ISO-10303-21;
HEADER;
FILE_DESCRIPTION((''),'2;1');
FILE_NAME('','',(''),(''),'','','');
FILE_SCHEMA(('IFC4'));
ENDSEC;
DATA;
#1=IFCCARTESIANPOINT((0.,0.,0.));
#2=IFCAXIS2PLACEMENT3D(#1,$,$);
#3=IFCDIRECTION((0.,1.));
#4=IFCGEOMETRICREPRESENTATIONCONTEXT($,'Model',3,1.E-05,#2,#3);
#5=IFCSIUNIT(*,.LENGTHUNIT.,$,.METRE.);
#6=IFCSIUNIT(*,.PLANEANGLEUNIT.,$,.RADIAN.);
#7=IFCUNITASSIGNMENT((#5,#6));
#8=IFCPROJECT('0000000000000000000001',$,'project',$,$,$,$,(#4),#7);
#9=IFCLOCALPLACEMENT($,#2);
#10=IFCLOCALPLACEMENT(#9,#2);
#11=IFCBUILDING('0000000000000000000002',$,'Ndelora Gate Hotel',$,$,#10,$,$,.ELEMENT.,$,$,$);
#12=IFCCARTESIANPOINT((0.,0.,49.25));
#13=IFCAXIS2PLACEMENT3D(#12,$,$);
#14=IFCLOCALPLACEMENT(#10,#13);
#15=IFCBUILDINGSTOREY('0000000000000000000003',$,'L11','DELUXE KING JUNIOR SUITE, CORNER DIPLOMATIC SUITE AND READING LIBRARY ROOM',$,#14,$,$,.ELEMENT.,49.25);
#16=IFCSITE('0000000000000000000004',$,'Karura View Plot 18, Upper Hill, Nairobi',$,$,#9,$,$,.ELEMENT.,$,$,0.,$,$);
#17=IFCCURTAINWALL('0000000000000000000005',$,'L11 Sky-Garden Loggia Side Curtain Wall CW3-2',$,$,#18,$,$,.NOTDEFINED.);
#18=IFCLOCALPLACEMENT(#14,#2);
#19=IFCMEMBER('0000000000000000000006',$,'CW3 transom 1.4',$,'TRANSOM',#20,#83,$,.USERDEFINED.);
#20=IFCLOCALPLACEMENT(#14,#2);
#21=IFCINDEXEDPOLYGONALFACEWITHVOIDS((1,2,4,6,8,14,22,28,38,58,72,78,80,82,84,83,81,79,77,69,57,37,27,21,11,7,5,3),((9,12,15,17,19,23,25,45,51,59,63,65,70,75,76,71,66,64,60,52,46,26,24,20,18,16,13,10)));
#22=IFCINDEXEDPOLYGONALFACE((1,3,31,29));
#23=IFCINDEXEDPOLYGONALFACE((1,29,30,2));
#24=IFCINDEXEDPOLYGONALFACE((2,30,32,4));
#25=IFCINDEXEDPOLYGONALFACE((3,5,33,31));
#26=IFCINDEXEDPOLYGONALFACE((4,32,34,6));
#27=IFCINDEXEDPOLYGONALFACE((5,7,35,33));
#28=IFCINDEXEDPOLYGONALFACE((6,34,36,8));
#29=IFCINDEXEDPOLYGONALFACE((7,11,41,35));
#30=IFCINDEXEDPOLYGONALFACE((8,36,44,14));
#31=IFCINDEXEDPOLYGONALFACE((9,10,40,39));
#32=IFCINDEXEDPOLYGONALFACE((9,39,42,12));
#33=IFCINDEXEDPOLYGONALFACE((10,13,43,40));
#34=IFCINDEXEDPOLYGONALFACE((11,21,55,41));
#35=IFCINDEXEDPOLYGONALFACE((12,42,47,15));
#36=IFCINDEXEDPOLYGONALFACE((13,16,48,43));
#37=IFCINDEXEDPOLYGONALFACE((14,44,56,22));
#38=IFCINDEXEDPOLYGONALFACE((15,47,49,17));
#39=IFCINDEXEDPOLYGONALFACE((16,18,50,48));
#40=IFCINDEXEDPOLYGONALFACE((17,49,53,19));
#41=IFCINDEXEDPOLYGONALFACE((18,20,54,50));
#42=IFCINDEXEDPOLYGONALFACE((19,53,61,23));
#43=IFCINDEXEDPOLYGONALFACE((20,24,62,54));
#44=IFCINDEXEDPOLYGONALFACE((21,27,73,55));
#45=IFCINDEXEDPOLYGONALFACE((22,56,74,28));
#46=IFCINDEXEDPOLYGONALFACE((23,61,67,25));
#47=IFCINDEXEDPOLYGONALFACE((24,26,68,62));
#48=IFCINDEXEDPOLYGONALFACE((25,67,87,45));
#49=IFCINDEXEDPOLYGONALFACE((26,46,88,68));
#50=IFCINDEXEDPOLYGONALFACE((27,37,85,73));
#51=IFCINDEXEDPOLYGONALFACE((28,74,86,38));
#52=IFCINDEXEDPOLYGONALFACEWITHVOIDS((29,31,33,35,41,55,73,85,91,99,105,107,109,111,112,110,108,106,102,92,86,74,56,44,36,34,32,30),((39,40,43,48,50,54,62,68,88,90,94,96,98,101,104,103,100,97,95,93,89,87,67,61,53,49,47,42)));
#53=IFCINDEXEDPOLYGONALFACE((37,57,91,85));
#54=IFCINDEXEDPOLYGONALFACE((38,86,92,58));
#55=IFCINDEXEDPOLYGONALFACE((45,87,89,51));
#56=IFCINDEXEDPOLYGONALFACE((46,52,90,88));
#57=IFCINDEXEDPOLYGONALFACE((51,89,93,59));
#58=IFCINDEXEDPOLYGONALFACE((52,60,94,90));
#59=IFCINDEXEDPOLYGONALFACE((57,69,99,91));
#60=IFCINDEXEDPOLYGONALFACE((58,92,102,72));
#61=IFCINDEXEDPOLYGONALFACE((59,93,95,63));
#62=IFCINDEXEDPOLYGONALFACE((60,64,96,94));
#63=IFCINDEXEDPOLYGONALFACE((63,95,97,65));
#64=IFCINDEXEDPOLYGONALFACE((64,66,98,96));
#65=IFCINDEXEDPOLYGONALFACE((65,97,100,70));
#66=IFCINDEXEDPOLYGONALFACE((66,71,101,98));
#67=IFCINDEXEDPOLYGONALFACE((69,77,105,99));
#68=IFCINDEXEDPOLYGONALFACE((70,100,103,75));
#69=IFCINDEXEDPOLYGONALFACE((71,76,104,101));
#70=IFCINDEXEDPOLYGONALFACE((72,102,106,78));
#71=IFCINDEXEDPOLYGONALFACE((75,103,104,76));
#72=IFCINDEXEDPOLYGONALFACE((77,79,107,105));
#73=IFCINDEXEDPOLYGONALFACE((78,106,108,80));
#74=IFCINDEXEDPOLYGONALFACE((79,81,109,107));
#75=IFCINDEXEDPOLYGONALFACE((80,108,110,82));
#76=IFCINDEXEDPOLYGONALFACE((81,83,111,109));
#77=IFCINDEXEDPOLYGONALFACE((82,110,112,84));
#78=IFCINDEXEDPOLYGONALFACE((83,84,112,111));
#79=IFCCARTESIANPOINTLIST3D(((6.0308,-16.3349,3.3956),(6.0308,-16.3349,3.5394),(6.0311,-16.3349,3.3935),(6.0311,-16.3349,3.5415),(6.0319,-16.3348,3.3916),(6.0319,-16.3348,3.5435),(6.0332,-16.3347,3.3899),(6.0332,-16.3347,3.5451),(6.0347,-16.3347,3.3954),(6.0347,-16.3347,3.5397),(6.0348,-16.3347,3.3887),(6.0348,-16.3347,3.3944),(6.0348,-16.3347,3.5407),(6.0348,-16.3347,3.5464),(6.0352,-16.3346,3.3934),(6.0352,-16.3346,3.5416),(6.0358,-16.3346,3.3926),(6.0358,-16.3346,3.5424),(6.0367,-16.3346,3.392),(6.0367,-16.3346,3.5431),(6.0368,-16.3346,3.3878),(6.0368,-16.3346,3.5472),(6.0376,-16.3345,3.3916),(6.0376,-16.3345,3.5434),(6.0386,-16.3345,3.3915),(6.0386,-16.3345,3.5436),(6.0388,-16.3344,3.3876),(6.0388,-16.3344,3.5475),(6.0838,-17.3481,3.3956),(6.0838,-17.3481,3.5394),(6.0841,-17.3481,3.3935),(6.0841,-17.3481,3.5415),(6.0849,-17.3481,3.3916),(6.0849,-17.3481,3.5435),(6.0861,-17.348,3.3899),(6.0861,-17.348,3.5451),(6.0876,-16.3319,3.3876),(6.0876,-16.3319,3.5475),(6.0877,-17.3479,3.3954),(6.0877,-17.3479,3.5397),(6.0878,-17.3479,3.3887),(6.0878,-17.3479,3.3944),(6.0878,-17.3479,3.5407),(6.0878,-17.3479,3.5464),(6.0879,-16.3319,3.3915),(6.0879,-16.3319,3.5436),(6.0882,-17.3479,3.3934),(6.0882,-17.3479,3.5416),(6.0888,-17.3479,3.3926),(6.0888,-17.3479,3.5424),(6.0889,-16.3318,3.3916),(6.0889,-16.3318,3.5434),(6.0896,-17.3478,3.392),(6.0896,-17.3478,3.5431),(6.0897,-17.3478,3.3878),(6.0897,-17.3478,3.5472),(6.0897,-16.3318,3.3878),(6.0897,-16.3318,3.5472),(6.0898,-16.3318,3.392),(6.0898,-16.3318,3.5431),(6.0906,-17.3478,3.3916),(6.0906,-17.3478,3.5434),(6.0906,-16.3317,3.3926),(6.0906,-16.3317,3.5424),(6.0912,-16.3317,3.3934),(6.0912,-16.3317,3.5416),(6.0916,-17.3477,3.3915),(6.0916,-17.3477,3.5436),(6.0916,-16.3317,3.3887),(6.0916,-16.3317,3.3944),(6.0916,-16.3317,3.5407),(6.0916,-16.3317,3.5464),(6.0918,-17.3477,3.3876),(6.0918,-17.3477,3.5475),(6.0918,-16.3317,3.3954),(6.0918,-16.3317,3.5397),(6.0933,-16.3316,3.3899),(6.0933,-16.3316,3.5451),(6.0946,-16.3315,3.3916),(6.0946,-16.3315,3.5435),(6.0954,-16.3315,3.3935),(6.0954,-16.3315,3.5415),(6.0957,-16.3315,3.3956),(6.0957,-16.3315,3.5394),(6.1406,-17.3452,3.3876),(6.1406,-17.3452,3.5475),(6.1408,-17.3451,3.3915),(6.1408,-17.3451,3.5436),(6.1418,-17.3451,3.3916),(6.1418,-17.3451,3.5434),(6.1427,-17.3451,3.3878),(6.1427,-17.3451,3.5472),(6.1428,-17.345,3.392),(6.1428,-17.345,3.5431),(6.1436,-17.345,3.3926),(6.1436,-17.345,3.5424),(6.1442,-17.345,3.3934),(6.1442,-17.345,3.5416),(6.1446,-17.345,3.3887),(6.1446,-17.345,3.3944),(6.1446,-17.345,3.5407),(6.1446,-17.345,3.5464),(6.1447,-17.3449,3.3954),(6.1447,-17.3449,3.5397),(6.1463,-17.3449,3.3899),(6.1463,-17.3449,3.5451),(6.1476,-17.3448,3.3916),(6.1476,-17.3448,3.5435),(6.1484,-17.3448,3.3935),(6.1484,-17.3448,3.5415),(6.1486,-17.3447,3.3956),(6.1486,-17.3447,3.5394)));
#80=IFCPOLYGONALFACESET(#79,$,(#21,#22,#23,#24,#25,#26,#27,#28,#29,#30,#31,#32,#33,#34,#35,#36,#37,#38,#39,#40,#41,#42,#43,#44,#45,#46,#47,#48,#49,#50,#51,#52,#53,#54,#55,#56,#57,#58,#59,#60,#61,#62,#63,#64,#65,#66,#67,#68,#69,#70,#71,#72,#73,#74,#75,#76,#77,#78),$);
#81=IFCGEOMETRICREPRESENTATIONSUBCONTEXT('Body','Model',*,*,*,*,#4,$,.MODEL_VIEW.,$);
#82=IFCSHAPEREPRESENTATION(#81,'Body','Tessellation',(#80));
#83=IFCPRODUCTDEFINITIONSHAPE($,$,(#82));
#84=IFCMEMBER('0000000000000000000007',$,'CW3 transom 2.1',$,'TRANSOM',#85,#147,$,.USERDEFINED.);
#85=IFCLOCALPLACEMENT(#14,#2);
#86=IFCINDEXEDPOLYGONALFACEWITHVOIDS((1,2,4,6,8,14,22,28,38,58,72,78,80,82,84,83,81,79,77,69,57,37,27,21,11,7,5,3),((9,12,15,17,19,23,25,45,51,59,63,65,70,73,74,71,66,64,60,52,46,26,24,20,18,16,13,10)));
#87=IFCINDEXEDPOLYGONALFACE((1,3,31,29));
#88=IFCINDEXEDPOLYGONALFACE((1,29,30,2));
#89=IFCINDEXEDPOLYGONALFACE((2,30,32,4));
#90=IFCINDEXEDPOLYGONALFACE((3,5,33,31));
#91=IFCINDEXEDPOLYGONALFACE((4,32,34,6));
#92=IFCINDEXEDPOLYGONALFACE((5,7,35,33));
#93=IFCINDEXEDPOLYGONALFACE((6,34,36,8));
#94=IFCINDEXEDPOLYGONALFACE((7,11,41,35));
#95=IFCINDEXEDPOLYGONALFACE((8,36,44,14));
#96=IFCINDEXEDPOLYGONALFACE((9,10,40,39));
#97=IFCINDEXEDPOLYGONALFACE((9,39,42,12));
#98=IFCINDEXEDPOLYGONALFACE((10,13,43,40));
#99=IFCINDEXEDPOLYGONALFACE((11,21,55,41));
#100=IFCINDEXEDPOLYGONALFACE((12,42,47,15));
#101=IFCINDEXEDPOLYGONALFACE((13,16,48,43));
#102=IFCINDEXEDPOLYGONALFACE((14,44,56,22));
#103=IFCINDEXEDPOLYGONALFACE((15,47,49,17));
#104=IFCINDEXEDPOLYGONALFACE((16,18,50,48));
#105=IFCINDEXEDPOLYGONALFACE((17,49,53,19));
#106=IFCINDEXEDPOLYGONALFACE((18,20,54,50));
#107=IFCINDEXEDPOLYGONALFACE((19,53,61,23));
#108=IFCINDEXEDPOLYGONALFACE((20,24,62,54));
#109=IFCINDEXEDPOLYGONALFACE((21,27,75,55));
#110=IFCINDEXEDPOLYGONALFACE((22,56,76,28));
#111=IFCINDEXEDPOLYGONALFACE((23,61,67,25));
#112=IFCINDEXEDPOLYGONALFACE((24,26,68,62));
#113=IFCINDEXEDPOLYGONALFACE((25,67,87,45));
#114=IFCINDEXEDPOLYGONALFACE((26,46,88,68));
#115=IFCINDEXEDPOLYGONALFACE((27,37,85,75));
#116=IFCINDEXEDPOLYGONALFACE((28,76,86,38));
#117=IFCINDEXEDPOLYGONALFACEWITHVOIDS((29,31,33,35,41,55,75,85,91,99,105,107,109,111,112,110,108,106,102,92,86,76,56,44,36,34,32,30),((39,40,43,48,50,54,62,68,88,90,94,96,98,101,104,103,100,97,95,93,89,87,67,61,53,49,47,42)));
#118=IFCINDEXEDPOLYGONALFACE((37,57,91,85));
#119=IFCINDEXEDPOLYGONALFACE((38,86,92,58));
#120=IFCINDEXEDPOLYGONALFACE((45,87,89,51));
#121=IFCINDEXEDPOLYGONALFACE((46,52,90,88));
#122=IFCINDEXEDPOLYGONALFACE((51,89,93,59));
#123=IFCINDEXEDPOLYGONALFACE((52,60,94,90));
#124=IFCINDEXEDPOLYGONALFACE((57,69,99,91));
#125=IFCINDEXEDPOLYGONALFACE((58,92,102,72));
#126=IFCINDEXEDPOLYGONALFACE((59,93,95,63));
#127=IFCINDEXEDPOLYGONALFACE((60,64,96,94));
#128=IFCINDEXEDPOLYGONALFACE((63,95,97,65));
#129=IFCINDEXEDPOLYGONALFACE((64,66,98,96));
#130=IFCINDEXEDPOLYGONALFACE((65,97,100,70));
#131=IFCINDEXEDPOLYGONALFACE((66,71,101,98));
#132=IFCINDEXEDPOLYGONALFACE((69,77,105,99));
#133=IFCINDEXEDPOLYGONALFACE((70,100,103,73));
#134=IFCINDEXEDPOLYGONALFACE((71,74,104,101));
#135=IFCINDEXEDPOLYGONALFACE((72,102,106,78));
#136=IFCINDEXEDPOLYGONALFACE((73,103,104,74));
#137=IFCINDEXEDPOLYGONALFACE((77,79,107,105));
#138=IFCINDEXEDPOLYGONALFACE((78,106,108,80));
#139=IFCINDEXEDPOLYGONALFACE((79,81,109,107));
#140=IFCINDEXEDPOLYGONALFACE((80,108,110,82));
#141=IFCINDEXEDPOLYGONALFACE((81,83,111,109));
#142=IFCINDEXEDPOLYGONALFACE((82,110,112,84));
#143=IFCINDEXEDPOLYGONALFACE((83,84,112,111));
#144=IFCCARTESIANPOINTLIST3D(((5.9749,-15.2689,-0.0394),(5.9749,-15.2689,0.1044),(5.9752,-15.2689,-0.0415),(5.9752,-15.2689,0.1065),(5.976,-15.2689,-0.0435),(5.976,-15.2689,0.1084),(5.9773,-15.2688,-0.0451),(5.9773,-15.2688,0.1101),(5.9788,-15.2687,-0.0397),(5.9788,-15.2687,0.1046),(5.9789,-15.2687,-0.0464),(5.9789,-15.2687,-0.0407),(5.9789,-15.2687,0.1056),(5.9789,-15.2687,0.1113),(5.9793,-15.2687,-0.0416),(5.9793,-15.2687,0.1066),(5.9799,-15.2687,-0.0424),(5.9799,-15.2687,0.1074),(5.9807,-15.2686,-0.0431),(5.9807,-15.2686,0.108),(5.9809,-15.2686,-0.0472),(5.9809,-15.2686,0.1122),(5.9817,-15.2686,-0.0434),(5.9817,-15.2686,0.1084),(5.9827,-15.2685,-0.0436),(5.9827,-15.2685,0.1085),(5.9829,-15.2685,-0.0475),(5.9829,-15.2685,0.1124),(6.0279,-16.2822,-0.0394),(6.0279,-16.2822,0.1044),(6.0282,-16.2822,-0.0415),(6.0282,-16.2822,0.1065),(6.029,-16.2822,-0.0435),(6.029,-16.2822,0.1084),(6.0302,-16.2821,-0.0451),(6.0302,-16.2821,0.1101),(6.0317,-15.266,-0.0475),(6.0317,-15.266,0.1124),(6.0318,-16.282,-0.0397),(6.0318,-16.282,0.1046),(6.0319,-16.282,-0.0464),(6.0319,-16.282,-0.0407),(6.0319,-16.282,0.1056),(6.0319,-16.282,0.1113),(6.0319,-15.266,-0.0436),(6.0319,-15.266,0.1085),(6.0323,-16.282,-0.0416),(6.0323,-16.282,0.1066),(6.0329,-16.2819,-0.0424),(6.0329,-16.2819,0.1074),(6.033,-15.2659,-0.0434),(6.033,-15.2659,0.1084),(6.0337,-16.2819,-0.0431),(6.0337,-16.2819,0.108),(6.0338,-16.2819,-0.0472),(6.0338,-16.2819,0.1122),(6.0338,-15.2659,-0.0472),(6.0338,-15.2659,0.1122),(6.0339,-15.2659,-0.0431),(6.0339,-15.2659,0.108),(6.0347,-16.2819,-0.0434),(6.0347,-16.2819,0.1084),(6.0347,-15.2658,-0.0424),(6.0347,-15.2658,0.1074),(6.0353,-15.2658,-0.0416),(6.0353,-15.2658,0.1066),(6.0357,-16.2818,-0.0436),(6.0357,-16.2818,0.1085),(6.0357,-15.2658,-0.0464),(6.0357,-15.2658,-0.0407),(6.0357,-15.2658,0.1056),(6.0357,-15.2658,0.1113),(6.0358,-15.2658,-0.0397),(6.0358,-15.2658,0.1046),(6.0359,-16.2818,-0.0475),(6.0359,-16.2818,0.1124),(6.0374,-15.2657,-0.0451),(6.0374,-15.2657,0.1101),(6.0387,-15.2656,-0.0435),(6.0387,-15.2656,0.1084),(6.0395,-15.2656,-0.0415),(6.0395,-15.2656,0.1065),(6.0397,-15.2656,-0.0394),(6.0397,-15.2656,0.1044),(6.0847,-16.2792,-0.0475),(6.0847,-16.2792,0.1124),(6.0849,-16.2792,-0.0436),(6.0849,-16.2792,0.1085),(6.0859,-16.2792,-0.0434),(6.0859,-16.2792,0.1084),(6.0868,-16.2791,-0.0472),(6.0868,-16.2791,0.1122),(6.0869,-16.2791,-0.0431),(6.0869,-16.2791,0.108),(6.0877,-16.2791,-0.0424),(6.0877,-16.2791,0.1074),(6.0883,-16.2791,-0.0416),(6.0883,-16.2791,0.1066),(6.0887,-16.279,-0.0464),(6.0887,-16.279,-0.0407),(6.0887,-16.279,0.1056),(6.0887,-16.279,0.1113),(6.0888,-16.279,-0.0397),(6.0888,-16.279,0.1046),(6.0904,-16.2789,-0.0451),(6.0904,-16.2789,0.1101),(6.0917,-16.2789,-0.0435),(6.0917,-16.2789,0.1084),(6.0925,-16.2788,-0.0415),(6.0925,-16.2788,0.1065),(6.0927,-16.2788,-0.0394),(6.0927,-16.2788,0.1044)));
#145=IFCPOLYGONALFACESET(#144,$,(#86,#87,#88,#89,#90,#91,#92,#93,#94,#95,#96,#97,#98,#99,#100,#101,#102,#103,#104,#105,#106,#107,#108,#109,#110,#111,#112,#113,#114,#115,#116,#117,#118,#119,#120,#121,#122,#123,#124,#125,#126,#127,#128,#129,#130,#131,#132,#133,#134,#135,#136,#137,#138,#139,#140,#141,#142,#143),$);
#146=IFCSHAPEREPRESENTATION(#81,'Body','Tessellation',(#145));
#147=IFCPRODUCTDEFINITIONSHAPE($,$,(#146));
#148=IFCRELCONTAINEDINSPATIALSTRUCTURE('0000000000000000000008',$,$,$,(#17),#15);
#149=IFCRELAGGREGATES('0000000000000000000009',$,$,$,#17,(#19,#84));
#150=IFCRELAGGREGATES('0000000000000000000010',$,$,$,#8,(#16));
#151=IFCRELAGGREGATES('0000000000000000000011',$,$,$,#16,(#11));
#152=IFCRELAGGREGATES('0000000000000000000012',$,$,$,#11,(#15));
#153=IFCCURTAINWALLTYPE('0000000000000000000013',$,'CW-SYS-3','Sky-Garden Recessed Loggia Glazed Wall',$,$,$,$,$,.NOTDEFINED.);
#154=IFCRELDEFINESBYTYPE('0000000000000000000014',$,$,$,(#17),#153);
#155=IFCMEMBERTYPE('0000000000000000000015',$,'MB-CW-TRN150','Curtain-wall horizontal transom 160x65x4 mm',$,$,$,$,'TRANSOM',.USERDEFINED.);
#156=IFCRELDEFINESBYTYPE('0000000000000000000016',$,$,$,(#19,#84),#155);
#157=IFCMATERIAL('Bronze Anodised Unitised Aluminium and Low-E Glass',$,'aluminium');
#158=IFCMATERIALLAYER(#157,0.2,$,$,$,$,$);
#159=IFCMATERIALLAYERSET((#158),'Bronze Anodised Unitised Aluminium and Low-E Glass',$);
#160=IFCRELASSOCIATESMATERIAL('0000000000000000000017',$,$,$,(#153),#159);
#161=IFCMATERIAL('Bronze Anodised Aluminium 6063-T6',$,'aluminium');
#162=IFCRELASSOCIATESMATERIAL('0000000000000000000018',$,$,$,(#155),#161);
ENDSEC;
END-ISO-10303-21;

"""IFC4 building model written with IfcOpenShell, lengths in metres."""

from ifc_helpers import new_model, si_unit, direction, frame, origin, origin_2d, place, context, subcontext, project, spatial, hollow_rectangle, extrude, material, layer, layer_set, material_profile, profile_set, type_object, element, aggregate, save


model = new_model("IFC4")

# Units and contexts
model_context = context("Model", 3, precision=1e-05, world=origin(), true_north=direction((0.0, 1.0)))
body_context = subcontext(model_context, "Body", "Model", "MODEL_VIEW")
ifc_project = project(units=[si_unit("LENGTHUNIT", "METRE"), si_unit("PLANEANGLEUNIT", "RADIAN")], contexts=[model_context])

# Site, building, storey
site_placement = place(None, origin())
site = spatial("IfcSite", under=ifc_project, at=site_placement, Name="Karura View Plot 18, Upper Hill, Nairobi", CompositionType="ELEMENT", RefElevation=0.0)
building_placement = place(site_placement, origin())
building = spatial("IfcBuilding", under=site, at=building_placement, Name="Ndelora Gate Hotel", CompositionType="ELEMENT")
storey_placement = place(building_placement, frame((0.0, 0.0, 49.25)))
storey = spatial("IfcBuildingStorey", under=building, at=storey_placement, Name="L11", Description="DELUXE KING JUNIOR SUITE, CORNER DIPLOMATIC SUITE AND READING LIBRARY ROOM", CompositionType="ELEMENT", Elevation=49.25)

# Curtain wall, members
ifc_material_1 = material(Name="Bronze Anodised Unitised Aluminium and Low-E Glass", Category="aluminium")
ifc_layer_1 = layer(ifc_material_1, 0.2)
ifc_layer_set_1 = layer_set([ifc_layer_1], Name="Bronze Anodised Unitised Aluminium and Low-E Glass")
curtain_wall_type = type_object("IfcCurtainWallType", Name="CW-SYS-3", Description="Sky-Garden Recessed Loggia Glazed Wall", PredefinedType="NOTDEFINED", material=ifc_layer_set_1)
curtain_wall_placement = place(storey_placement, origin())
curtain_wall = element("IfcCurtainWall", 1, at=curtain_wall_placement, inside=storey, type_object=curtain_wall_type, Name="L11 Sky-Garden Loggia Side Curtain Wall CW3-2", PredefinedType="NOTDEFINED")
ifc_material_2 = material(Name="Bronze Anodised Aluminium 6063-T6", Category="aluminium")
ifc_material_profile_1 = material_profile(ifc_material_2, hollow_rectangle(XDim=0.0649, YDim=0.1599, WallThickness=0.0039, InnerFilletRadius=0.0039, OuterFilletRadius=0.0081, at=origin_2d()), Name="ALU 160x65x4")
ifc_profile_set_1 = profile_set([ifc_material_profile_1], Name="Bronze Anodised Aluminium 6063-T6")
member_type_1 = type_object("IfcMemberType", Name="MB-CW-TRN150", Description="Curtain-wall horizontal transom 160x65x4 mm", ElementType="TRANSOM", PredefinedType="USERDEFINED", material=ifc_profile_set_1)
member_1_placement = place(storey_placement, frame((6.1162, -17.3464, 3.4675), z_axis=(-0.052218, 0.998636, 0.0), x_axis=(-0.998636, -0.052218, 0.0)))
member_1 = element("IfcMember", 2, at=member_1_placement, type_object=member_type_1, Name="CW3 transom 1.4", ObjectType="TRANSOM", PredefinedType="USERDEFINED", context=body_context, shape_type="SweptSolid", body=[
    extrude(hollow_rectangle(XDim=0.0649, YDim=0.1599, WallThickness=0.0039, InnerFilletRadius=0.0039, OuterFilletRadius=0.0081, at=origin_2d()), origin(), (0.0, 0.0, 1.0), 1.0146),
])
member_2_placement = place(storey_placement, frame((6.0603, -16.2805, 0.0325), z_axis=(-0.052218, 0.998636, 0.0), x_axis=(-0.998636, -0.052218, 0.0)))
member_2 = element("IfcMember", 3, at=member_2_placement, type_object=member_type_1, Name="CW3 transom 2.1", ObjectType="TRANSOM", PredefinedType="USERDEFINED", context=body_context, shape_type="SweptSolid", body=[
    extrude(hollow_rectangle(XDim=0.0649, YDim=0.1599, WallThickness=0.0039, InnerFilletRadius=0.0039, OuterFilletRadius=0.0081, at=origin_2d()), origin(), (0.0, 0.0, 1.0), 1.0146),
])
aggregate(curtain_wall, [member_1, member_2])

save(model, "model.ifc")
